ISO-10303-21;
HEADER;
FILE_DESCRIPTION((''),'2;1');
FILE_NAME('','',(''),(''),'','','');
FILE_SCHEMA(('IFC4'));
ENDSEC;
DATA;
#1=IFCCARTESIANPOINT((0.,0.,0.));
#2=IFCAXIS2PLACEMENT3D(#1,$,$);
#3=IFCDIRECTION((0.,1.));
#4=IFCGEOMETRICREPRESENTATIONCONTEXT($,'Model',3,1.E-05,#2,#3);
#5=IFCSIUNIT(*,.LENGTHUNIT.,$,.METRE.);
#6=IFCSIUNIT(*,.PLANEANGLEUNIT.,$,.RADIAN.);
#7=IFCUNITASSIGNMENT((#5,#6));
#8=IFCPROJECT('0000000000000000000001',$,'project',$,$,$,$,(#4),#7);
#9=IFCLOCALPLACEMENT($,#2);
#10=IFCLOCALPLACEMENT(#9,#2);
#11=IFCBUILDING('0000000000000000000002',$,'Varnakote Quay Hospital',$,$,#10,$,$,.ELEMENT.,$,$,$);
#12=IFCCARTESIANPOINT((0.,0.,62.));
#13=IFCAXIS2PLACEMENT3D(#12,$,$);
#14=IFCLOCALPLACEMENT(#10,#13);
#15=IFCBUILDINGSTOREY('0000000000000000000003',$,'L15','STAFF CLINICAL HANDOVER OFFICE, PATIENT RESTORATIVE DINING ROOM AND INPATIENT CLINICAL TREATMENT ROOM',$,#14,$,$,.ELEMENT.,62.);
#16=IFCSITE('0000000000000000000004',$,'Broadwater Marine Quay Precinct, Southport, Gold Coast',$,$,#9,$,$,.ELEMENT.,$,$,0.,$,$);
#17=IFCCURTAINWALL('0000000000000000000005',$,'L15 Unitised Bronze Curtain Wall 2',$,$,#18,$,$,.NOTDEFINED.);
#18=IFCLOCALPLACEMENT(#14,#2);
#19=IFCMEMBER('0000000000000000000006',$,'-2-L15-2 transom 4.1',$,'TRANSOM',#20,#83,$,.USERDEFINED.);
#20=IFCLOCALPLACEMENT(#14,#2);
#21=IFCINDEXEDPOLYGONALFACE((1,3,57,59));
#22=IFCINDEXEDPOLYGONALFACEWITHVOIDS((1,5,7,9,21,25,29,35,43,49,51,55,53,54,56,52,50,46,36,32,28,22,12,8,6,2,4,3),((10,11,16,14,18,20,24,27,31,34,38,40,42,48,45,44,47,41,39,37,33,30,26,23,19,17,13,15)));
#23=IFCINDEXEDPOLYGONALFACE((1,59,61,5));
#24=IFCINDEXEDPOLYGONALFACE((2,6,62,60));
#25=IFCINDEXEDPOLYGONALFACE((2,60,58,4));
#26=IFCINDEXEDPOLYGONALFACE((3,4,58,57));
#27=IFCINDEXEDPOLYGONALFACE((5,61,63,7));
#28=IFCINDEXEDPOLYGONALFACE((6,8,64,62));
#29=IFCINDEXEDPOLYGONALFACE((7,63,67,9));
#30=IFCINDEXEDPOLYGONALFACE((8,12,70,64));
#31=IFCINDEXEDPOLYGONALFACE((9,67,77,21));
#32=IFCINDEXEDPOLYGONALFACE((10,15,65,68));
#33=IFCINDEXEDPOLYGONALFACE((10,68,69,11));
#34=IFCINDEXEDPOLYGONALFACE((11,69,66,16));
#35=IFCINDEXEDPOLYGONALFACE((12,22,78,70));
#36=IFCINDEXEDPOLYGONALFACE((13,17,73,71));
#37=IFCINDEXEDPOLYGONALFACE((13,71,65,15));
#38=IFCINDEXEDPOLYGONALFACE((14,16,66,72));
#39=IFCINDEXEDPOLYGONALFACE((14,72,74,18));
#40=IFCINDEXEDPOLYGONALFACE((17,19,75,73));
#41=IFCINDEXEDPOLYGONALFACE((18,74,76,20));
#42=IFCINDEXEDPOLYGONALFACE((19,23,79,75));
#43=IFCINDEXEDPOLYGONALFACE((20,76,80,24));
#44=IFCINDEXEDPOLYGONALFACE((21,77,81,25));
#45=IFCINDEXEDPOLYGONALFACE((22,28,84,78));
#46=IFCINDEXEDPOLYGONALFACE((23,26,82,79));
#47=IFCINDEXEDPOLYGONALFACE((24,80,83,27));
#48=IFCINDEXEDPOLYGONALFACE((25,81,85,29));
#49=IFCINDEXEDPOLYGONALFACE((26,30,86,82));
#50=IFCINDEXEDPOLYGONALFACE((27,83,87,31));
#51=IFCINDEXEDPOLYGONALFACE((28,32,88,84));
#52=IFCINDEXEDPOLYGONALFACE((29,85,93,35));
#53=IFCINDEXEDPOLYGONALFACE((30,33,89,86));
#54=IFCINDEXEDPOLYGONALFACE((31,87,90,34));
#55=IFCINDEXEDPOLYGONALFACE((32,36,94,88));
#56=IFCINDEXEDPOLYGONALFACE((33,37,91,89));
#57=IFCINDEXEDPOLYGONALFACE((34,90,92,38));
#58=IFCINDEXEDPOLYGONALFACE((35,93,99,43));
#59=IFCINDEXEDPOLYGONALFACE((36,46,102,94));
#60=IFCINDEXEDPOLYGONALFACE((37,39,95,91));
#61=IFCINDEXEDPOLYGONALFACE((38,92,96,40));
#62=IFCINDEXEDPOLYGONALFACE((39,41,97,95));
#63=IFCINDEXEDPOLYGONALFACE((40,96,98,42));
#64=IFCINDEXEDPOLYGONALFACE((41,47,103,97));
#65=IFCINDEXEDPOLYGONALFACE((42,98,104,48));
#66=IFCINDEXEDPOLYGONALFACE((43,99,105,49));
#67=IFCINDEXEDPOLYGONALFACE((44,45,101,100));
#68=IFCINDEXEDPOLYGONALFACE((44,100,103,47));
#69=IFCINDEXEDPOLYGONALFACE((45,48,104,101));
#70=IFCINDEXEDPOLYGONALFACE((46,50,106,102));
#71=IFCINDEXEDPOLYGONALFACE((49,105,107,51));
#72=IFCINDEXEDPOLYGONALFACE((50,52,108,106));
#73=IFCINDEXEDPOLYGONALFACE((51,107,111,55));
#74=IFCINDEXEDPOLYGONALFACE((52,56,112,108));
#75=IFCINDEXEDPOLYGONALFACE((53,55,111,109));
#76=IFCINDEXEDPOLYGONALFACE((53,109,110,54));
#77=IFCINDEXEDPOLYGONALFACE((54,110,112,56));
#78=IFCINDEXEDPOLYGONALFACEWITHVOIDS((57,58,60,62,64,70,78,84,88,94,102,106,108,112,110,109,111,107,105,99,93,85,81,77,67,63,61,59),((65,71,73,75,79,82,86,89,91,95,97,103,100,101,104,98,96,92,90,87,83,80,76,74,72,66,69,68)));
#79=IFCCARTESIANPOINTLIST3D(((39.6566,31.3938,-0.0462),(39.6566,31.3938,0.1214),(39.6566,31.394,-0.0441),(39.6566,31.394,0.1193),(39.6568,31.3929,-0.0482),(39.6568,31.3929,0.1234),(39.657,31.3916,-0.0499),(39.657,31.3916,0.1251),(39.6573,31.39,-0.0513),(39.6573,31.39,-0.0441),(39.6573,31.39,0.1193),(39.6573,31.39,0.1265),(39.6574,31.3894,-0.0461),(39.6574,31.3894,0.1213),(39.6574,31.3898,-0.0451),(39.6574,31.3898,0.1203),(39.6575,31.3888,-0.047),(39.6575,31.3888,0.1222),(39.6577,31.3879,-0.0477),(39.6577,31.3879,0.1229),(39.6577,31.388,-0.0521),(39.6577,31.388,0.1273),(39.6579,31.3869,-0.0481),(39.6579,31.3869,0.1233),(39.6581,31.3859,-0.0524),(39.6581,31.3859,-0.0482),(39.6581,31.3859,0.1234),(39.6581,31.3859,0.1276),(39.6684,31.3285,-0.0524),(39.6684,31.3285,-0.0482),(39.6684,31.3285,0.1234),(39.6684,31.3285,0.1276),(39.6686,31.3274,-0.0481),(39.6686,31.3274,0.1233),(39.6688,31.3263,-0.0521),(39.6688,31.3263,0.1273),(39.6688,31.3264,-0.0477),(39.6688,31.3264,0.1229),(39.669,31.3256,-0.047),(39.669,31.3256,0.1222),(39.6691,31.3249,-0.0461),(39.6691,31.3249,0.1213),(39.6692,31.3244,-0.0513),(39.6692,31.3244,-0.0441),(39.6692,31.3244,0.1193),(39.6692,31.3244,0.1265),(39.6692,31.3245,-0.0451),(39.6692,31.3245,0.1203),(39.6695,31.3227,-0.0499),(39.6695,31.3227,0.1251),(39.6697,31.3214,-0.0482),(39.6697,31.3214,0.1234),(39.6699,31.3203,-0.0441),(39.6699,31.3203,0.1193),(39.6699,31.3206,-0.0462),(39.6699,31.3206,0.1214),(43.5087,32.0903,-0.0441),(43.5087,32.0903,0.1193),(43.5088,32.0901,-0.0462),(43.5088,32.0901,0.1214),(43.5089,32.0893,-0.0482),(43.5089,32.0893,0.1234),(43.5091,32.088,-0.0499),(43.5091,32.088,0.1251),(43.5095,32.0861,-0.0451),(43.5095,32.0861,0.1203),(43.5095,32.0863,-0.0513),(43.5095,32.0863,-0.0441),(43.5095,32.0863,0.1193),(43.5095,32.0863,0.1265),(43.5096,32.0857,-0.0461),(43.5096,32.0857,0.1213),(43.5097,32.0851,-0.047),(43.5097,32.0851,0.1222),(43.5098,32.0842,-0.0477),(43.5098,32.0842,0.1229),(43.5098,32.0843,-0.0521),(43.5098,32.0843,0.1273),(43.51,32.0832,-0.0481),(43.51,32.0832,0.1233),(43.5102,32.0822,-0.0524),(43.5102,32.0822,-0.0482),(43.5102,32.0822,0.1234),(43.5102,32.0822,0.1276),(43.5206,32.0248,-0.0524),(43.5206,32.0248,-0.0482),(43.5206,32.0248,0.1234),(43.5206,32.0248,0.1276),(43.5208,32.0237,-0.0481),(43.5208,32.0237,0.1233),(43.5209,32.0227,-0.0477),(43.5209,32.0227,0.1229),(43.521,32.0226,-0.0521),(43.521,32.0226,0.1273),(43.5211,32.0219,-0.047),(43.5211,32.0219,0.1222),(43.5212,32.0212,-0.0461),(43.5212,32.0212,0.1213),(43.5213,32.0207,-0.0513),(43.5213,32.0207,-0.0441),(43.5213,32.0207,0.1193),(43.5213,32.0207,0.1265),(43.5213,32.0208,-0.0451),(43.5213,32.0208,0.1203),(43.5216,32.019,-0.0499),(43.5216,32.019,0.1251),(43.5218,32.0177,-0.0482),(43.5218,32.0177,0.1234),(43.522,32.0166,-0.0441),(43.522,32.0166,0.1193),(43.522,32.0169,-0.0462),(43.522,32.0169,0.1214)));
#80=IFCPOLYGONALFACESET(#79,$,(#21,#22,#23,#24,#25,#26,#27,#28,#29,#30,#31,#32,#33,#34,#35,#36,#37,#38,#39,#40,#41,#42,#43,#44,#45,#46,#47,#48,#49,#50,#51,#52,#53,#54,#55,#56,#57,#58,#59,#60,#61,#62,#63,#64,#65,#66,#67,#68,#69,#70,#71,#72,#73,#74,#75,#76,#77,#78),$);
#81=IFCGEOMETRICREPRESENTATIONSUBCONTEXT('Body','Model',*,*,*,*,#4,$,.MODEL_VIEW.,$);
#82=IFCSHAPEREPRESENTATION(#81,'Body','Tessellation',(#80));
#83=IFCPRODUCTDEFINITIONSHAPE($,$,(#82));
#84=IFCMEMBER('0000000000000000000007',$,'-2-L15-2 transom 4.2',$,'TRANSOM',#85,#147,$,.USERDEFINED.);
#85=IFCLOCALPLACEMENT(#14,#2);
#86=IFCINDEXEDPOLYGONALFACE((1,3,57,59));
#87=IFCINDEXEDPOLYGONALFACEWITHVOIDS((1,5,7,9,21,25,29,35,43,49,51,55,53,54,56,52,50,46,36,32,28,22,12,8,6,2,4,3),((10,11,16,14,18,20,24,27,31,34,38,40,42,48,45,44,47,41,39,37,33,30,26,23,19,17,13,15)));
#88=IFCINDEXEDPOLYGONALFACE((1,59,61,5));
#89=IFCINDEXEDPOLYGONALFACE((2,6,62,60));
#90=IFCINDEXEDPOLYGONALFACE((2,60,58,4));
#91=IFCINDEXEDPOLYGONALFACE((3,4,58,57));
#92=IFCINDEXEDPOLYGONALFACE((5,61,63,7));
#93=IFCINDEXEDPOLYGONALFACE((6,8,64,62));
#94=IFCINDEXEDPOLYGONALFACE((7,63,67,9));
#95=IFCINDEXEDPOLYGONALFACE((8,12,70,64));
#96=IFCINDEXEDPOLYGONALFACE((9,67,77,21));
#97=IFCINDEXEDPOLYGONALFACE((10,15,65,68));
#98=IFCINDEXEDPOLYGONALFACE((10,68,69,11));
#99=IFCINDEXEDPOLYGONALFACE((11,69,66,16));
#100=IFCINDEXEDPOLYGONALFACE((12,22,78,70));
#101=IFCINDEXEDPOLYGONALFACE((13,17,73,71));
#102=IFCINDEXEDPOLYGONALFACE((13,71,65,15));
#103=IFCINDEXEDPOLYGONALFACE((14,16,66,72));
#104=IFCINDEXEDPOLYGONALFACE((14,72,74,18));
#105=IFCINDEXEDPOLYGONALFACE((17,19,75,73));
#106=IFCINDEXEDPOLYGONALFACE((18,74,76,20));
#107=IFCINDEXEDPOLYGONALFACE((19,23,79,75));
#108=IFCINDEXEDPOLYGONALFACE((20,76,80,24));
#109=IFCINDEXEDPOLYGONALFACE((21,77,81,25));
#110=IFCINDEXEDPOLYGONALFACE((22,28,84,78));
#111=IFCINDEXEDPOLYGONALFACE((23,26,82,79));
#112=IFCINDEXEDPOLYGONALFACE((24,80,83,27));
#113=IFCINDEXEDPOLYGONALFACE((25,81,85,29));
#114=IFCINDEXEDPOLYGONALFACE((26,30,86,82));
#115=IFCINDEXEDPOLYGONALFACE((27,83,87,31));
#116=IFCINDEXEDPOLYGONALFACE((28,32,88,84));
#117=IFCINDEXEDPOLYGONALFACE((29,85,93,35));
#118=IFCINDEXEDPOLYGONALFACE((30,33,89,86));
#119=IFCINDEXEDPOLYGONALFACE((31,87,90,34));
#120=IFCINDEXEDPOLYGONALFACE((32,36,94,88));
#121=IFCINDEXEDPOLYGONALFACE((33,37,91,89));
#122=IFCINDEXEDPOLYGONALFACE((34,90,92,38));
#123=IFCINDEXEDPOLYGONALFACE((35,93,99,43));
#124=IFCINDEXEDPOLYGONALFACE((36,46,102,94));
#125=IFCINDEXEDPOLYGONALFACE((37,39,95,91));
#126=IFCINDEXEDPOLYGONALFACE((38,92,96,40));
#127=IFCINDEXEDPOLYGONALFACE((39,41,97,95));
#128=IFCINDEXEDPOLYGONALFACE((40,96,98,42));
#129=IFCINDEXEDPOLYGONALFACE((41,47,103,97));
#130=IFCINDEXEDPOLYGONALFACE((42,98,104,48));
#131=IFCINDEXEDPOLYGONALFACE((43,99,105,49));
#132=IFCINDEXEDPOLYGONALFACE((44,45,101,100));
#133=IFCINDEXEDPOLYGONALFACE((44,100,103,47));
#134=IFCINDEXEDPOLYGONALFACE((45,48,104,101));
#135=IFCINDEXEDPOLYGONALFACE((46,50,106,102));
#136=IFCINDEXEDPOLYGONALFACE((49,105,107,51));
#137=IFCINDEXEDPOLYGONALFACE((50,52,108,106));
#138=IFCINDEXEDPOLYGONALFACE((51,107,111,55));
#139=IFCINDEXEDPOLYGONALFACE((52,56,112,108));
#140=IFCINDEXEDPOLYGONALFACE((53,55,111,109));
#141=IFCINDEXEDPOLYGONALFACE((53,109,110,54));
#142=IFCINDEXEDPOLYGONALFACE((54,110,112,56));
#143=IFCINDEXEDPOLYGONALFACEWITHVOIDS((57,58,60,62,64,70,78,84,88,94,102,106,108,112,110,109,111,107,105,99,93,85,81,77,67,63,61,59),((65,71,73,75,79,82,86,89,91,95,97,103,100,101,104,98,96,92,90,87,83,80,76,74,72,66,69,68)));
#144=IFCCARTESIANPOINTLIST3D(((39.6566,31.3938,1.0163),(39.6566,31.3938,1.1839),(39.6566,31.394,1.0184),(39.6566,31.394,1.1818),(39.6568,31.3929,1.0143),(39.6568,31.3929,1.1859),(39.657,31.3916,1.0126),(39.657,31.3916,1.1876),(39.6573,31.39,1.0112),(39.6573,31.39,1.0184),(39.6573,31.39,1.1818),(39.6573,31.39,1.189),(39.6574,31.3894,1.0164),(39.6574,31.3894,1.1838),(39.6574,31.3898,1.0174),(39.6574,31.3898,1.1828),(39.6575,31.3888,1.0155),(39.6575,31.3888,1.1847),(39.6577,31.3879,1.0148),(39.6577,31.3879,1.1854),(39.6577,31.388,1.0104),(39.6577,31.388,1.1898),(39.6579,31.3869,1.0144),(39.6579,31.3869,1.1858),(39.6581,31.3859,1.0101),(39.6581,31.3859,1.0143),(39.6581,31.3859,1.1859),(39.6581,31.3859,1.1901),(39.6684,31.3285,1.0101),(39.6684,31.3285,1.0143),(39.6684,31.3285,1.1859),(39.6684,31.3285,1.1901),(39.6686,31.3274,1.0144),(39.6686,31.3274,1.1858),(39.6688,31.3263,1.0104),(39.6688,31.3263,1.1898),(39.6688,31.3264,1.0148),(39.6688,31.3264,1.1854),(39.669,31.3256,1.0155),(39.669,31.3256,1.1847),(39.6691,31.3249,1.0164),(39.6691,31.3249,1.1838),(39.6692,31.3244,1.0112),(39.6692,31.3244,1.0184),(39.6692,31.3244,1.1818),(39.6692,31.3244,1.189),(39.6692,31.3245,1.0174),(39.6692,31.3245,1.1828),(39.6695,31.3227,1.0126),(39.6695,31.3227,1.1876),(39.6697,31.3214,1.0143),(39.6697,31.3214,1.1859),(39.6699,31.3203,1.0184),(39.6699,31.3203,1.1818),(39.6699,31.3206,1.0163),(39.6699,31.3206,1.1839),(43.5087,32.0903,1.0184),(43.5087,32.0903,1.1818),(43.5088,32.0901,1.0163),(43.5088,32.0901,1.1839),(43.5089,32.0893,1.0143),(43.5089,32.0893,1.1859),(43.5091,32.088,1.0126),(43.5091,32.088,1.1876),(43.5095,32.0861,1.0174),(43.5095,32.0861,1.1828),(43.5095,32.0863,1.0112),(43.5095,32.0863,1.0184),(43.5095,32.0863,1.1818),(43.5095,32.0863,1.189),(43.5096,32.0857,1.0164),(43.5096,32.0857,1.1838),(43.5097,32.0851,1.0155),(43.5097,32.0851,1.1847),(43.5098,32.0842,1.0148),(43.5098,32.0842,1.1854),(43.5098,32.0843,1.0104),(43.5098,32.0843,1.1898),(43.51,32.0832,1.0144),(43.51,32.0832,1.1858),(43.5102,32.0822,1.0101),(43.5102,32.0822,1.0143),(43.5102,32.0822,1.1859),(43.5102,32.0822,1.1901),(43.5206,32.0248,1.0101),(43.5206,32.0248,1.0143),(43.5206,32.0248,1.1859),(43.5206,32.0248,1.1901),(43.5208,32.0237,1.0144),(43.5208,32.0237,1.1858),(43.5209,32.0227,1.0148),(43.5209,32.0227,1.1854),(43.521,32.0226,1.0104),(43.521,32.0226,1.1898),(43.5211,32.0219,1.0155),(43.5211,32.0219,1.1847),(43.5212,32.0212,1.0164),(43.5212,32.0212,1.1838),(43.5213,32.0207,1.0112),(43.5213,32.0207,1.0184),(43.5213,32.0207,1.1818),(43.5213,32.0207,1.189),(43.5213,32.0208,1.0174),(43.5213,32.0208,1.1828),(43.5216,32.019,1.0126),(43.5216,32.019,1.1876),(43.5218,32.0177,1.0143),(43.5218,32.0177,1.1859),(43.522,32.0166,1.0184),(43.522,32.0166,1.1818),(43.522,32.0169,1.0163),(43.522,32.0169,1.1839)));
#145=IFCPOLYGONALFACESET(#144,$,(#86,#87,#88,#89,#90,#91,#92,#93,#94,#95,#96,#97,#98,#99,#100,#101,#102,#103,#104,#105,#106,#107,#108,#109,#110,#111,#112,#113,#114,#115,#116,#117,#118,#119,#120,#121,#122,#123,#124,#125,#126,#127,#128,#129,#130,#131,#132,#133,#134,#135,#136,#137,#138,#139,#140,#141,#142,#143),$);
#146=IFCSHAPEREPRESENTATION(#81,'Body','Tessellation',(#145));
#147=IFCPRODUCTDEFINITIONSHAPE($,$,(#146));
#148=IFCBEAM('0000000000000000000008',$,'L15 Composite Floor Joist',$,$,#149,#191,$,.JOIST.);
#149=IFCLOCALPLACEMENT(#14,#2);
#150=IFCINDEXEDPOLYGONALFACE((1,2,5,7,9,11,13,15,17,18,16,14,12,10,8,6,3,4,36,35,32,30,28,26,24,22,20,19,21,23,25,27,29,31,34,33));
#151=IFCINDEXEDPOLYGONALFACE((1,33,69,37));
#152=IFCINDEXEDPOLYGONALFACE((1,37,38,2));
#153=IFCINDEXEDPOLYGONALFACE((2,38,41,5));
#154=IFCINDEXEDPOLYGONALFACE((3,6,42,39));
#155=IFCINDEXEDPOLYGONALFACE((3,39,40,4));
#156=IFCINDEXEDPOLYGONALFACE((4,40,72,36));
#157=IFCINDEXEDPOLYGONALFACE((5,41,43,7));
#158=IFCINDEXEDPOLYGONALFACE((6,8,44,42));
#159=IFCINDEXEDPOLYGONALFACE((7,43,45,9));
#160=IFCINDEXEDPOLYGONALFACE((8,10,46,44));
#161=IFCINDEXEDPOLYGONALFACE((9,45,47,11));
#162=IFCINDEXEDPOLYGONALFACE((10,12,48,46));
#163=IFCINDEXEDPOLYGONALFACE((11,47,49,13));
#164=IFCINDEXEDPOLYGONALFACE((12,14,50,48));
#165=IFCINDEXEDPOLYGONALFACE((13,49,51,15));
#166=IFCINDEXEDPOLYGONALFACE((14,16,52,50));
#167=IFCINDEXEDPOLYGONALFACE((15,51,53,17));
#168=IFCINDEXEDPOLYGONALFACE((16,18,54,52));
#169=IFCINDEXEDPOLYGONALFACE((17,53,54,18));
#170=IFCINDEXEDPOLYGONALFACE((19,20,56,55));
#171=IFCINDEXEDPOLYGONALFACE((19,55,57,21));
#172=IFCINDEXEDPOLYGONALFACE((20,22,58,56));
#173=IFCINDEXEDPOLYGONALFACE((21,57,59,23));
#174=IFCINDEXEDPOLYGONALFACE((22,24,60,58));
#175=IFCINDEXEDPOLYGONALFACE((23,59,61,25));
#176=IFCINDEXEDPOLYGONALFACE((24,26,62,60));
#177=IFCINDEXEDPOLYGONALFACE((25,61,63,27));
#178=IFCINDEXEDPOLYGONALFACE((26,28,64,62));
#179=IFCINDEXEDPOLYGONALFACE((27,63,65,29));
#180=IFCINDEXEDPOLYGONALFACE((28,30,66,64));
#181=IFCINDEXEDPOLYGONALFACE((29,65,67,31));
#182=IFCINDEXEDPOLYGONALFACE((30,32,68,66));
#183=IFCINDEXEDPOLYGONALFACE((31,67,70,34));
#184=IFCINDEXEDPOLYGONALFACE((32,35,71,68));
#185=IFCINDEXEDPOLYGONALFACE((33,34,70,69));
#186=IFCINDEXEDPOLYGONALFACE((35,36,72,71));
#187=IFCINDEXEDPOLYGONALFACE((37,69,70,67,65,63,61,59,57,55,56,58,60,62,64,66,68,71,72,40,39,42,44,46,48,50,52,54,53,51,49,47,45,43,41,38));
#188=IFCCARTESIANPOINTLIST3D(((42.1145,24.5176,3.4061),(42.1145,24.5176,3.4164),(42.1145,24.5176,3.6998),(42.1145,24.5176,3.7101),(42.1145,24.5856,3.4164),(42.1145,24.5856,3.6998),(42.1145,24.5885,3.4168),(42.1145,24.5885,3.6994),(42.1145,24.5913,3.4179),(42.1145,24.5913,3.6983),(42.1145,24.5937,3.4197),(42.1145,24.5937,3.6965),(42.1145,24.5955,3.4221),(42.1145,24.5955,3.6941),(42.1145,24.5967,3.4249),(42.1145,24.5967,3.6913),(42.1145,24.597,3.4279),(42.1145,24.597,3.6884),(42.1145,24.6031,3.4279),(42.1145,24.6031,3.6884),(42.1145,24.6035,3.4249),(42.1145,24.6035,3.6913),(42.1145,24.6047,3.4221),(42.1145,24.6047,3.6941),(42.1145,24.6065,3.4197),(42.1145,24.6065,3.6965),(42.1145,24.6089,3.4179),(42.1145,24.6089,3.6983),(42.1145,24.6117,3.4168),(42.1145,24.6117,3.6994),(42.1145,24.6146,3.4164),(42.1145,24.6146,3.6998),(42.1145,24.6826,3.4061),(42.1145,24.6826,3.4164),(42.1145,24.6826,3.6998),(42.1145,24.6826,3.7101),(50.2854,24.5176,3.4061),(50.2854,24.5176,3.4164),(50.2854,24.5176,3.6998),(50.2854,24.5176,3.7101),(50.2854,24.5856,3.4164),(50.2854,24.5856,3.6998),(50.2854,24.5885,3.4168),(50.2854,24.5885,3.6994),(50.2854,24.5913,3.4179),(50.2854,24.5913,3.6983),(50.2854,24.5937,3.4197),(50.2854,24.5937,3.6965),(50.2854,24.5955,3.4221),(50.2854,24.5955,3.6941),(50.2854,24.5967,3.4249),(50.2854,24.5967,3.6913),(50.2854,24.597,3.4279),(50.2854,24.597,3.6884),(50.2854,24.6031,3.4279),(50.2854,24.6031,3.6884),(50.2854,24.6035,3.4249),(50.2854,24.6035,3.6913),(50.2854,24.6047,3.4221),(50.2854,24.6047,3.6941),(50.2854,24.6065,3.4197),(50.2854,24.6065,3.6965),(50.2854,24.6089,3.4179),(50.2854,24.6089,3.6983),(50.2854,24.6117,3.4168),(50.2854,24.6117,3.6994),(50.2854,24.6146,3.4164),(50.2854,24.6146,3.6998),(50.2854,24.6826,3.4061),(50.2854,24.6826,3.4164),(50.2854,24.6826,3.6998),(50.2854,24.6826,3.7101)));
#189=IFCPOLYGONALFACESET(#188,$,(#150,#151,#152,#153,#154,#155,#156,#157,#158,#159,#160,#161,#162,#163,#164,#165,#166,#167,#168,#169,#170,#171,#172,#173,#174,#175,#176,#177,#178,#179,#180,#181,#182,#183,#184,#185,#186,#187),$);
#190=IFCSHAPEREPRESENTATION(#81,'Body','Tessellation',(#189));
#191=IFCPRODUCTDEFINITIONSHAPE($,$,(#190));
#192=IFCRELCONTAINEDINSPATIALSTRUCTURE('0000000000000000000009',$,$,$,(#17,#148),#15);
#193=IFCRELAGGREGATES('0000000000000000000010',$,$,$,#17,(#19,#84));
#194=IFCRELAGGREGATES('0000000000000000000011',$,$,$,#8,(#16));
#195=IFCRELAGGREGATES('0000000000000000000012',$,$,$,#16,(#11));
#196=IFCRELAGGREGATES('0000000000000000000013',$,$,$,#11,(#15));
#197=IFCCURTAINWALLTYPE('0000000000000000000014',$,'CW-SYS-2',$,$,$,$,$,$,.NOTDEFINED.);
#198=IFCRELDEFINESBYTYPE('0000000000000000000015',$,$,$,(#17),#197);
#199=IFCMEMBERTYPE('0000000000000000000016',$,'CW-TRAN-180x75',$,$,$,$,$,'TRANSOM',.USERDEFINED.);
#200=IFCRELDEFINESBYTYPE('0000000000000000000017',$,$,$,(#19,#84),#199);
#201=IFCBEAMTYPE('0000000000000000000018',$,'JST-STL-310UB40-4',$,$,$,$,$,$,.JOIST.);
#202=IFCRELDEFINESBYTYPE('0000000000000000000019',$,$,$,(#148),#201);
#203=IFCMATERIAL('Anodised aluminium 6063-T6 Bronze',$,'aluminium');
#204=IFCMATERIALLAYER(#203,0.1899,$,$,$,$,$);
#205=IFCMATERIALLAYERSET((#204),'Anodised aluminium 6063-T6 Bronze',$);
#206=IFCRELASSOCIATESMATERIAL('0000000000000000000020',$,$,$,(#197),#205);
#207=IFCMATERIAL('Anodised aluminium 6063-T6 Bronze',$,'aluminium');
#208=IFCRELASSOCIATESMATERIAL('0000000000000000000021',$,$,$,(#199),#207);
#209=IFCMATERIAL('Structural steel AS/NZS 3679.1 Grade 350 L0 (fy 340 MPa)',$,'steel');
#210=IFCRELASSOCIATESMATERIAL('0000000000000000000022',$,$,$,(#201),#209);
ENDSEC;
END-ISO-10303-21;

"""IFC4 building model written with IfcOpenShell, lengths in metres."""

from ifc_helpers import new_model, si_unit, direction, frame, origin, origin_2d, place, context, subcontext, project, spatial, hollow_rectangle, i_section, extrude, material, layer, layer_set, material_profile, profile_set, type_object, element, aggregate, save


model = new_model("IFC4")

# Units and contexts
model_context = context("Model", 3, precision=1e-05, world=origin(), true_north=direction((0.0, 1.0)))
body_context = subcontext(model_context, "Body", "Model", "MODEL_VIEW")
ifc_project = project(units=[si_unit("LENGTHUNIT", "METRE"), si_unit("PLANEANGLEUNIT", "RADIAN")], contexts=[model_context])

# Site, building, storey
site_placement = place(None, origin())
site = spatial("IfcSite", under=ifc_project, at=site_placement, Name="Broadwater Marine Quay Precinct, Southport, Gold Coast", CompositionType="ELEMENT", RefElevation=0.0)
building_placement = place(site_placement, origin())
building = spatial("IfcBuilding", under=site, at=building_placement, Name="Varnakote Quay Hospital", CompositionType="ELEMENT")
storey_placement = place(building_placement, frame((0.0, 0.0, 62.0)))
storey = spatial("IfcBuildingStorey", under=building, at=storey_placement, Name="L15", Description="STAFF CLINICAL HANDOVER OFFICE, PATIENT RESTORATIVE DINING ROOM AND INPATIENT CLINICAL TREATMENT ROOM", CompositionType="ELEMENT", Elevation=62.0)

# Curtain wall, members
ifc_material_1 = material(Name="Anodised aluminium 6063-T6 Bronze", Category="aluminium")
ifc_layer_1 = layer(ifc_material_1, 0.1899)
ifc_layer_set_1 = layer_set([ifc_layer_1], Name="Anodised aluminium 6063-T6 Bronze")
curtain_wall_type = type_object("IfcCurtainWallType", Name="CW-SYS-2", PredefinedType="NOTDEFINED", material=ifc_layer_set_1)
curtain_wall_placement = place(storey_placement, origin())
curtain_wall = element("IfcCurtainWall", 1, at=curtain_wall_placement, inside=storey, type_object=curtain_wall_type, Name="L15 Unitised Bronze Curtain Wall 2", PredefinedType="NOTDEFINED")
ifc_material_2 = material(Name="Anodised aluminium 6063-T6 Bronze", Category="aluminium")
ifc_material_profile_1 = material_profile(ifc_material_2, hollow_rectangle(XDim=0.075, YDim=0.1799, WallThickness=0.0042, InnerFilletRadius=0.0042, OuterFilletRadius=0.0083, at=origin_2d()), Name="CW-TRAN-180x75")
ifc_profile_set_1 = profile_set([ifc_material_profile_1], Name="Anodised aluminium 6063-T6 Bronze")
member_type_1 = type_object("IfcMemberType", Name="CW-TRAN-180x75", ElementType="TRANSOM", PredefinedType="USERDEFINED", material=ifc_profile_set_1)
member_1_placement = place(storey_placement, frame((43.5154, 32.0535, 0.0376), z_axis=(-0.984053, -0.177875, 0.0), x_axis=(0.177875, -0.984053, 0.0)))
member_1 = element("IfcMember", 2, at=member_1_placement, type_object=member_type_1, Name="-2-L15-2 transom 4.1", ObjectType="TRANSOM", PredefinedType="USERDEFINED", context=body_context, shape_type="SweptSolid", body=[
    extrude(hollow_rectangle(XDim=0.075, YDim=0.1799, WallThickness=0.0042, InnerFilletRadius=0.0042, OuterFilletRadius=0.0083, at=origin_2d()), origin(), (0.0, 0.0, 1.0), 3.9146),
])
member_2_placement = place(storey_placement, frame((43.5154, 32.0535, 1.1001), z_axis=(-0.984053, -0.177875, 0.0), x_axis=(0.177875, -0.984053, 0.0)))
member_2 = element("IfcMember", 3, at=member_2_placement, type_object=member_type_1, Name="-2-L15-2 transom 4.2", ObjectType="TRANSOM", PredefinedType="USERDEFINED", context=body_context, shape_type="SweptSolid", body=[
    extrude(hollow_rectangle(XDim=0.075, YDim=0.1799, WallThickness=0.0042, InnerFilletRadius=0.0042, OuterFilletRadius=0.0083, at=origin_2d()), origin(), (0.0, 0.0, 1.0), 3.9146),
])

# Beam
ifc_material_3 = material(Name="Structural steel AS/NZS 3679.1 Grade 350 L0 (fy 340 MPa)", Category="steel")
ifc_material_profile_2 = material_profile(ifc_material_3, i_section(OverallWidth=0.165, OverallDepth=0.304, WebThickness=0.0061, FlangeThickness=0.0103, FilletRadius=0.0115, at=origin_2d()), Name="310UB40.4")
ifc_profile_set_2 = profile_set([ifc_material_profile_2], Name="Structural steel AS/NZS 3679.1 Grade 350 L0 (fy 340 MPa)")
beam_type_1 = type_object("IfcBeamType", Name="JST-STL-310UB40-4", PredefinedType="JOIST", material=ifc_profile_set_2)
beam_1_placement = place(storey_placement, frame((42.1145, 24.6001, 3.5581), z_axis=(1.0, 0.0, 0.0), x_axis=(0.0, 1.0, 0.0)))
element("IfcBeam", 4, at=beam_1_placement, inside=storey, type_object=beam_type_1, Name="L15 Composite Floor Joist", PredefinedType="JOIST", context=body_context, shape_type="SweptSolid", body=[
    extrude(i_section(OverallWidth=0.165, OverallDepth=0.304, WebThickness=0.0061, FlangeThickness=0.0103, FilletRadius=0.0115, at=origin_2d()), origin(), (0.0, 0.0, 1.0), 8.1709),
])

aggregate(curtain_wall, [member_1, member_2])

save(model, "model.ifc")
